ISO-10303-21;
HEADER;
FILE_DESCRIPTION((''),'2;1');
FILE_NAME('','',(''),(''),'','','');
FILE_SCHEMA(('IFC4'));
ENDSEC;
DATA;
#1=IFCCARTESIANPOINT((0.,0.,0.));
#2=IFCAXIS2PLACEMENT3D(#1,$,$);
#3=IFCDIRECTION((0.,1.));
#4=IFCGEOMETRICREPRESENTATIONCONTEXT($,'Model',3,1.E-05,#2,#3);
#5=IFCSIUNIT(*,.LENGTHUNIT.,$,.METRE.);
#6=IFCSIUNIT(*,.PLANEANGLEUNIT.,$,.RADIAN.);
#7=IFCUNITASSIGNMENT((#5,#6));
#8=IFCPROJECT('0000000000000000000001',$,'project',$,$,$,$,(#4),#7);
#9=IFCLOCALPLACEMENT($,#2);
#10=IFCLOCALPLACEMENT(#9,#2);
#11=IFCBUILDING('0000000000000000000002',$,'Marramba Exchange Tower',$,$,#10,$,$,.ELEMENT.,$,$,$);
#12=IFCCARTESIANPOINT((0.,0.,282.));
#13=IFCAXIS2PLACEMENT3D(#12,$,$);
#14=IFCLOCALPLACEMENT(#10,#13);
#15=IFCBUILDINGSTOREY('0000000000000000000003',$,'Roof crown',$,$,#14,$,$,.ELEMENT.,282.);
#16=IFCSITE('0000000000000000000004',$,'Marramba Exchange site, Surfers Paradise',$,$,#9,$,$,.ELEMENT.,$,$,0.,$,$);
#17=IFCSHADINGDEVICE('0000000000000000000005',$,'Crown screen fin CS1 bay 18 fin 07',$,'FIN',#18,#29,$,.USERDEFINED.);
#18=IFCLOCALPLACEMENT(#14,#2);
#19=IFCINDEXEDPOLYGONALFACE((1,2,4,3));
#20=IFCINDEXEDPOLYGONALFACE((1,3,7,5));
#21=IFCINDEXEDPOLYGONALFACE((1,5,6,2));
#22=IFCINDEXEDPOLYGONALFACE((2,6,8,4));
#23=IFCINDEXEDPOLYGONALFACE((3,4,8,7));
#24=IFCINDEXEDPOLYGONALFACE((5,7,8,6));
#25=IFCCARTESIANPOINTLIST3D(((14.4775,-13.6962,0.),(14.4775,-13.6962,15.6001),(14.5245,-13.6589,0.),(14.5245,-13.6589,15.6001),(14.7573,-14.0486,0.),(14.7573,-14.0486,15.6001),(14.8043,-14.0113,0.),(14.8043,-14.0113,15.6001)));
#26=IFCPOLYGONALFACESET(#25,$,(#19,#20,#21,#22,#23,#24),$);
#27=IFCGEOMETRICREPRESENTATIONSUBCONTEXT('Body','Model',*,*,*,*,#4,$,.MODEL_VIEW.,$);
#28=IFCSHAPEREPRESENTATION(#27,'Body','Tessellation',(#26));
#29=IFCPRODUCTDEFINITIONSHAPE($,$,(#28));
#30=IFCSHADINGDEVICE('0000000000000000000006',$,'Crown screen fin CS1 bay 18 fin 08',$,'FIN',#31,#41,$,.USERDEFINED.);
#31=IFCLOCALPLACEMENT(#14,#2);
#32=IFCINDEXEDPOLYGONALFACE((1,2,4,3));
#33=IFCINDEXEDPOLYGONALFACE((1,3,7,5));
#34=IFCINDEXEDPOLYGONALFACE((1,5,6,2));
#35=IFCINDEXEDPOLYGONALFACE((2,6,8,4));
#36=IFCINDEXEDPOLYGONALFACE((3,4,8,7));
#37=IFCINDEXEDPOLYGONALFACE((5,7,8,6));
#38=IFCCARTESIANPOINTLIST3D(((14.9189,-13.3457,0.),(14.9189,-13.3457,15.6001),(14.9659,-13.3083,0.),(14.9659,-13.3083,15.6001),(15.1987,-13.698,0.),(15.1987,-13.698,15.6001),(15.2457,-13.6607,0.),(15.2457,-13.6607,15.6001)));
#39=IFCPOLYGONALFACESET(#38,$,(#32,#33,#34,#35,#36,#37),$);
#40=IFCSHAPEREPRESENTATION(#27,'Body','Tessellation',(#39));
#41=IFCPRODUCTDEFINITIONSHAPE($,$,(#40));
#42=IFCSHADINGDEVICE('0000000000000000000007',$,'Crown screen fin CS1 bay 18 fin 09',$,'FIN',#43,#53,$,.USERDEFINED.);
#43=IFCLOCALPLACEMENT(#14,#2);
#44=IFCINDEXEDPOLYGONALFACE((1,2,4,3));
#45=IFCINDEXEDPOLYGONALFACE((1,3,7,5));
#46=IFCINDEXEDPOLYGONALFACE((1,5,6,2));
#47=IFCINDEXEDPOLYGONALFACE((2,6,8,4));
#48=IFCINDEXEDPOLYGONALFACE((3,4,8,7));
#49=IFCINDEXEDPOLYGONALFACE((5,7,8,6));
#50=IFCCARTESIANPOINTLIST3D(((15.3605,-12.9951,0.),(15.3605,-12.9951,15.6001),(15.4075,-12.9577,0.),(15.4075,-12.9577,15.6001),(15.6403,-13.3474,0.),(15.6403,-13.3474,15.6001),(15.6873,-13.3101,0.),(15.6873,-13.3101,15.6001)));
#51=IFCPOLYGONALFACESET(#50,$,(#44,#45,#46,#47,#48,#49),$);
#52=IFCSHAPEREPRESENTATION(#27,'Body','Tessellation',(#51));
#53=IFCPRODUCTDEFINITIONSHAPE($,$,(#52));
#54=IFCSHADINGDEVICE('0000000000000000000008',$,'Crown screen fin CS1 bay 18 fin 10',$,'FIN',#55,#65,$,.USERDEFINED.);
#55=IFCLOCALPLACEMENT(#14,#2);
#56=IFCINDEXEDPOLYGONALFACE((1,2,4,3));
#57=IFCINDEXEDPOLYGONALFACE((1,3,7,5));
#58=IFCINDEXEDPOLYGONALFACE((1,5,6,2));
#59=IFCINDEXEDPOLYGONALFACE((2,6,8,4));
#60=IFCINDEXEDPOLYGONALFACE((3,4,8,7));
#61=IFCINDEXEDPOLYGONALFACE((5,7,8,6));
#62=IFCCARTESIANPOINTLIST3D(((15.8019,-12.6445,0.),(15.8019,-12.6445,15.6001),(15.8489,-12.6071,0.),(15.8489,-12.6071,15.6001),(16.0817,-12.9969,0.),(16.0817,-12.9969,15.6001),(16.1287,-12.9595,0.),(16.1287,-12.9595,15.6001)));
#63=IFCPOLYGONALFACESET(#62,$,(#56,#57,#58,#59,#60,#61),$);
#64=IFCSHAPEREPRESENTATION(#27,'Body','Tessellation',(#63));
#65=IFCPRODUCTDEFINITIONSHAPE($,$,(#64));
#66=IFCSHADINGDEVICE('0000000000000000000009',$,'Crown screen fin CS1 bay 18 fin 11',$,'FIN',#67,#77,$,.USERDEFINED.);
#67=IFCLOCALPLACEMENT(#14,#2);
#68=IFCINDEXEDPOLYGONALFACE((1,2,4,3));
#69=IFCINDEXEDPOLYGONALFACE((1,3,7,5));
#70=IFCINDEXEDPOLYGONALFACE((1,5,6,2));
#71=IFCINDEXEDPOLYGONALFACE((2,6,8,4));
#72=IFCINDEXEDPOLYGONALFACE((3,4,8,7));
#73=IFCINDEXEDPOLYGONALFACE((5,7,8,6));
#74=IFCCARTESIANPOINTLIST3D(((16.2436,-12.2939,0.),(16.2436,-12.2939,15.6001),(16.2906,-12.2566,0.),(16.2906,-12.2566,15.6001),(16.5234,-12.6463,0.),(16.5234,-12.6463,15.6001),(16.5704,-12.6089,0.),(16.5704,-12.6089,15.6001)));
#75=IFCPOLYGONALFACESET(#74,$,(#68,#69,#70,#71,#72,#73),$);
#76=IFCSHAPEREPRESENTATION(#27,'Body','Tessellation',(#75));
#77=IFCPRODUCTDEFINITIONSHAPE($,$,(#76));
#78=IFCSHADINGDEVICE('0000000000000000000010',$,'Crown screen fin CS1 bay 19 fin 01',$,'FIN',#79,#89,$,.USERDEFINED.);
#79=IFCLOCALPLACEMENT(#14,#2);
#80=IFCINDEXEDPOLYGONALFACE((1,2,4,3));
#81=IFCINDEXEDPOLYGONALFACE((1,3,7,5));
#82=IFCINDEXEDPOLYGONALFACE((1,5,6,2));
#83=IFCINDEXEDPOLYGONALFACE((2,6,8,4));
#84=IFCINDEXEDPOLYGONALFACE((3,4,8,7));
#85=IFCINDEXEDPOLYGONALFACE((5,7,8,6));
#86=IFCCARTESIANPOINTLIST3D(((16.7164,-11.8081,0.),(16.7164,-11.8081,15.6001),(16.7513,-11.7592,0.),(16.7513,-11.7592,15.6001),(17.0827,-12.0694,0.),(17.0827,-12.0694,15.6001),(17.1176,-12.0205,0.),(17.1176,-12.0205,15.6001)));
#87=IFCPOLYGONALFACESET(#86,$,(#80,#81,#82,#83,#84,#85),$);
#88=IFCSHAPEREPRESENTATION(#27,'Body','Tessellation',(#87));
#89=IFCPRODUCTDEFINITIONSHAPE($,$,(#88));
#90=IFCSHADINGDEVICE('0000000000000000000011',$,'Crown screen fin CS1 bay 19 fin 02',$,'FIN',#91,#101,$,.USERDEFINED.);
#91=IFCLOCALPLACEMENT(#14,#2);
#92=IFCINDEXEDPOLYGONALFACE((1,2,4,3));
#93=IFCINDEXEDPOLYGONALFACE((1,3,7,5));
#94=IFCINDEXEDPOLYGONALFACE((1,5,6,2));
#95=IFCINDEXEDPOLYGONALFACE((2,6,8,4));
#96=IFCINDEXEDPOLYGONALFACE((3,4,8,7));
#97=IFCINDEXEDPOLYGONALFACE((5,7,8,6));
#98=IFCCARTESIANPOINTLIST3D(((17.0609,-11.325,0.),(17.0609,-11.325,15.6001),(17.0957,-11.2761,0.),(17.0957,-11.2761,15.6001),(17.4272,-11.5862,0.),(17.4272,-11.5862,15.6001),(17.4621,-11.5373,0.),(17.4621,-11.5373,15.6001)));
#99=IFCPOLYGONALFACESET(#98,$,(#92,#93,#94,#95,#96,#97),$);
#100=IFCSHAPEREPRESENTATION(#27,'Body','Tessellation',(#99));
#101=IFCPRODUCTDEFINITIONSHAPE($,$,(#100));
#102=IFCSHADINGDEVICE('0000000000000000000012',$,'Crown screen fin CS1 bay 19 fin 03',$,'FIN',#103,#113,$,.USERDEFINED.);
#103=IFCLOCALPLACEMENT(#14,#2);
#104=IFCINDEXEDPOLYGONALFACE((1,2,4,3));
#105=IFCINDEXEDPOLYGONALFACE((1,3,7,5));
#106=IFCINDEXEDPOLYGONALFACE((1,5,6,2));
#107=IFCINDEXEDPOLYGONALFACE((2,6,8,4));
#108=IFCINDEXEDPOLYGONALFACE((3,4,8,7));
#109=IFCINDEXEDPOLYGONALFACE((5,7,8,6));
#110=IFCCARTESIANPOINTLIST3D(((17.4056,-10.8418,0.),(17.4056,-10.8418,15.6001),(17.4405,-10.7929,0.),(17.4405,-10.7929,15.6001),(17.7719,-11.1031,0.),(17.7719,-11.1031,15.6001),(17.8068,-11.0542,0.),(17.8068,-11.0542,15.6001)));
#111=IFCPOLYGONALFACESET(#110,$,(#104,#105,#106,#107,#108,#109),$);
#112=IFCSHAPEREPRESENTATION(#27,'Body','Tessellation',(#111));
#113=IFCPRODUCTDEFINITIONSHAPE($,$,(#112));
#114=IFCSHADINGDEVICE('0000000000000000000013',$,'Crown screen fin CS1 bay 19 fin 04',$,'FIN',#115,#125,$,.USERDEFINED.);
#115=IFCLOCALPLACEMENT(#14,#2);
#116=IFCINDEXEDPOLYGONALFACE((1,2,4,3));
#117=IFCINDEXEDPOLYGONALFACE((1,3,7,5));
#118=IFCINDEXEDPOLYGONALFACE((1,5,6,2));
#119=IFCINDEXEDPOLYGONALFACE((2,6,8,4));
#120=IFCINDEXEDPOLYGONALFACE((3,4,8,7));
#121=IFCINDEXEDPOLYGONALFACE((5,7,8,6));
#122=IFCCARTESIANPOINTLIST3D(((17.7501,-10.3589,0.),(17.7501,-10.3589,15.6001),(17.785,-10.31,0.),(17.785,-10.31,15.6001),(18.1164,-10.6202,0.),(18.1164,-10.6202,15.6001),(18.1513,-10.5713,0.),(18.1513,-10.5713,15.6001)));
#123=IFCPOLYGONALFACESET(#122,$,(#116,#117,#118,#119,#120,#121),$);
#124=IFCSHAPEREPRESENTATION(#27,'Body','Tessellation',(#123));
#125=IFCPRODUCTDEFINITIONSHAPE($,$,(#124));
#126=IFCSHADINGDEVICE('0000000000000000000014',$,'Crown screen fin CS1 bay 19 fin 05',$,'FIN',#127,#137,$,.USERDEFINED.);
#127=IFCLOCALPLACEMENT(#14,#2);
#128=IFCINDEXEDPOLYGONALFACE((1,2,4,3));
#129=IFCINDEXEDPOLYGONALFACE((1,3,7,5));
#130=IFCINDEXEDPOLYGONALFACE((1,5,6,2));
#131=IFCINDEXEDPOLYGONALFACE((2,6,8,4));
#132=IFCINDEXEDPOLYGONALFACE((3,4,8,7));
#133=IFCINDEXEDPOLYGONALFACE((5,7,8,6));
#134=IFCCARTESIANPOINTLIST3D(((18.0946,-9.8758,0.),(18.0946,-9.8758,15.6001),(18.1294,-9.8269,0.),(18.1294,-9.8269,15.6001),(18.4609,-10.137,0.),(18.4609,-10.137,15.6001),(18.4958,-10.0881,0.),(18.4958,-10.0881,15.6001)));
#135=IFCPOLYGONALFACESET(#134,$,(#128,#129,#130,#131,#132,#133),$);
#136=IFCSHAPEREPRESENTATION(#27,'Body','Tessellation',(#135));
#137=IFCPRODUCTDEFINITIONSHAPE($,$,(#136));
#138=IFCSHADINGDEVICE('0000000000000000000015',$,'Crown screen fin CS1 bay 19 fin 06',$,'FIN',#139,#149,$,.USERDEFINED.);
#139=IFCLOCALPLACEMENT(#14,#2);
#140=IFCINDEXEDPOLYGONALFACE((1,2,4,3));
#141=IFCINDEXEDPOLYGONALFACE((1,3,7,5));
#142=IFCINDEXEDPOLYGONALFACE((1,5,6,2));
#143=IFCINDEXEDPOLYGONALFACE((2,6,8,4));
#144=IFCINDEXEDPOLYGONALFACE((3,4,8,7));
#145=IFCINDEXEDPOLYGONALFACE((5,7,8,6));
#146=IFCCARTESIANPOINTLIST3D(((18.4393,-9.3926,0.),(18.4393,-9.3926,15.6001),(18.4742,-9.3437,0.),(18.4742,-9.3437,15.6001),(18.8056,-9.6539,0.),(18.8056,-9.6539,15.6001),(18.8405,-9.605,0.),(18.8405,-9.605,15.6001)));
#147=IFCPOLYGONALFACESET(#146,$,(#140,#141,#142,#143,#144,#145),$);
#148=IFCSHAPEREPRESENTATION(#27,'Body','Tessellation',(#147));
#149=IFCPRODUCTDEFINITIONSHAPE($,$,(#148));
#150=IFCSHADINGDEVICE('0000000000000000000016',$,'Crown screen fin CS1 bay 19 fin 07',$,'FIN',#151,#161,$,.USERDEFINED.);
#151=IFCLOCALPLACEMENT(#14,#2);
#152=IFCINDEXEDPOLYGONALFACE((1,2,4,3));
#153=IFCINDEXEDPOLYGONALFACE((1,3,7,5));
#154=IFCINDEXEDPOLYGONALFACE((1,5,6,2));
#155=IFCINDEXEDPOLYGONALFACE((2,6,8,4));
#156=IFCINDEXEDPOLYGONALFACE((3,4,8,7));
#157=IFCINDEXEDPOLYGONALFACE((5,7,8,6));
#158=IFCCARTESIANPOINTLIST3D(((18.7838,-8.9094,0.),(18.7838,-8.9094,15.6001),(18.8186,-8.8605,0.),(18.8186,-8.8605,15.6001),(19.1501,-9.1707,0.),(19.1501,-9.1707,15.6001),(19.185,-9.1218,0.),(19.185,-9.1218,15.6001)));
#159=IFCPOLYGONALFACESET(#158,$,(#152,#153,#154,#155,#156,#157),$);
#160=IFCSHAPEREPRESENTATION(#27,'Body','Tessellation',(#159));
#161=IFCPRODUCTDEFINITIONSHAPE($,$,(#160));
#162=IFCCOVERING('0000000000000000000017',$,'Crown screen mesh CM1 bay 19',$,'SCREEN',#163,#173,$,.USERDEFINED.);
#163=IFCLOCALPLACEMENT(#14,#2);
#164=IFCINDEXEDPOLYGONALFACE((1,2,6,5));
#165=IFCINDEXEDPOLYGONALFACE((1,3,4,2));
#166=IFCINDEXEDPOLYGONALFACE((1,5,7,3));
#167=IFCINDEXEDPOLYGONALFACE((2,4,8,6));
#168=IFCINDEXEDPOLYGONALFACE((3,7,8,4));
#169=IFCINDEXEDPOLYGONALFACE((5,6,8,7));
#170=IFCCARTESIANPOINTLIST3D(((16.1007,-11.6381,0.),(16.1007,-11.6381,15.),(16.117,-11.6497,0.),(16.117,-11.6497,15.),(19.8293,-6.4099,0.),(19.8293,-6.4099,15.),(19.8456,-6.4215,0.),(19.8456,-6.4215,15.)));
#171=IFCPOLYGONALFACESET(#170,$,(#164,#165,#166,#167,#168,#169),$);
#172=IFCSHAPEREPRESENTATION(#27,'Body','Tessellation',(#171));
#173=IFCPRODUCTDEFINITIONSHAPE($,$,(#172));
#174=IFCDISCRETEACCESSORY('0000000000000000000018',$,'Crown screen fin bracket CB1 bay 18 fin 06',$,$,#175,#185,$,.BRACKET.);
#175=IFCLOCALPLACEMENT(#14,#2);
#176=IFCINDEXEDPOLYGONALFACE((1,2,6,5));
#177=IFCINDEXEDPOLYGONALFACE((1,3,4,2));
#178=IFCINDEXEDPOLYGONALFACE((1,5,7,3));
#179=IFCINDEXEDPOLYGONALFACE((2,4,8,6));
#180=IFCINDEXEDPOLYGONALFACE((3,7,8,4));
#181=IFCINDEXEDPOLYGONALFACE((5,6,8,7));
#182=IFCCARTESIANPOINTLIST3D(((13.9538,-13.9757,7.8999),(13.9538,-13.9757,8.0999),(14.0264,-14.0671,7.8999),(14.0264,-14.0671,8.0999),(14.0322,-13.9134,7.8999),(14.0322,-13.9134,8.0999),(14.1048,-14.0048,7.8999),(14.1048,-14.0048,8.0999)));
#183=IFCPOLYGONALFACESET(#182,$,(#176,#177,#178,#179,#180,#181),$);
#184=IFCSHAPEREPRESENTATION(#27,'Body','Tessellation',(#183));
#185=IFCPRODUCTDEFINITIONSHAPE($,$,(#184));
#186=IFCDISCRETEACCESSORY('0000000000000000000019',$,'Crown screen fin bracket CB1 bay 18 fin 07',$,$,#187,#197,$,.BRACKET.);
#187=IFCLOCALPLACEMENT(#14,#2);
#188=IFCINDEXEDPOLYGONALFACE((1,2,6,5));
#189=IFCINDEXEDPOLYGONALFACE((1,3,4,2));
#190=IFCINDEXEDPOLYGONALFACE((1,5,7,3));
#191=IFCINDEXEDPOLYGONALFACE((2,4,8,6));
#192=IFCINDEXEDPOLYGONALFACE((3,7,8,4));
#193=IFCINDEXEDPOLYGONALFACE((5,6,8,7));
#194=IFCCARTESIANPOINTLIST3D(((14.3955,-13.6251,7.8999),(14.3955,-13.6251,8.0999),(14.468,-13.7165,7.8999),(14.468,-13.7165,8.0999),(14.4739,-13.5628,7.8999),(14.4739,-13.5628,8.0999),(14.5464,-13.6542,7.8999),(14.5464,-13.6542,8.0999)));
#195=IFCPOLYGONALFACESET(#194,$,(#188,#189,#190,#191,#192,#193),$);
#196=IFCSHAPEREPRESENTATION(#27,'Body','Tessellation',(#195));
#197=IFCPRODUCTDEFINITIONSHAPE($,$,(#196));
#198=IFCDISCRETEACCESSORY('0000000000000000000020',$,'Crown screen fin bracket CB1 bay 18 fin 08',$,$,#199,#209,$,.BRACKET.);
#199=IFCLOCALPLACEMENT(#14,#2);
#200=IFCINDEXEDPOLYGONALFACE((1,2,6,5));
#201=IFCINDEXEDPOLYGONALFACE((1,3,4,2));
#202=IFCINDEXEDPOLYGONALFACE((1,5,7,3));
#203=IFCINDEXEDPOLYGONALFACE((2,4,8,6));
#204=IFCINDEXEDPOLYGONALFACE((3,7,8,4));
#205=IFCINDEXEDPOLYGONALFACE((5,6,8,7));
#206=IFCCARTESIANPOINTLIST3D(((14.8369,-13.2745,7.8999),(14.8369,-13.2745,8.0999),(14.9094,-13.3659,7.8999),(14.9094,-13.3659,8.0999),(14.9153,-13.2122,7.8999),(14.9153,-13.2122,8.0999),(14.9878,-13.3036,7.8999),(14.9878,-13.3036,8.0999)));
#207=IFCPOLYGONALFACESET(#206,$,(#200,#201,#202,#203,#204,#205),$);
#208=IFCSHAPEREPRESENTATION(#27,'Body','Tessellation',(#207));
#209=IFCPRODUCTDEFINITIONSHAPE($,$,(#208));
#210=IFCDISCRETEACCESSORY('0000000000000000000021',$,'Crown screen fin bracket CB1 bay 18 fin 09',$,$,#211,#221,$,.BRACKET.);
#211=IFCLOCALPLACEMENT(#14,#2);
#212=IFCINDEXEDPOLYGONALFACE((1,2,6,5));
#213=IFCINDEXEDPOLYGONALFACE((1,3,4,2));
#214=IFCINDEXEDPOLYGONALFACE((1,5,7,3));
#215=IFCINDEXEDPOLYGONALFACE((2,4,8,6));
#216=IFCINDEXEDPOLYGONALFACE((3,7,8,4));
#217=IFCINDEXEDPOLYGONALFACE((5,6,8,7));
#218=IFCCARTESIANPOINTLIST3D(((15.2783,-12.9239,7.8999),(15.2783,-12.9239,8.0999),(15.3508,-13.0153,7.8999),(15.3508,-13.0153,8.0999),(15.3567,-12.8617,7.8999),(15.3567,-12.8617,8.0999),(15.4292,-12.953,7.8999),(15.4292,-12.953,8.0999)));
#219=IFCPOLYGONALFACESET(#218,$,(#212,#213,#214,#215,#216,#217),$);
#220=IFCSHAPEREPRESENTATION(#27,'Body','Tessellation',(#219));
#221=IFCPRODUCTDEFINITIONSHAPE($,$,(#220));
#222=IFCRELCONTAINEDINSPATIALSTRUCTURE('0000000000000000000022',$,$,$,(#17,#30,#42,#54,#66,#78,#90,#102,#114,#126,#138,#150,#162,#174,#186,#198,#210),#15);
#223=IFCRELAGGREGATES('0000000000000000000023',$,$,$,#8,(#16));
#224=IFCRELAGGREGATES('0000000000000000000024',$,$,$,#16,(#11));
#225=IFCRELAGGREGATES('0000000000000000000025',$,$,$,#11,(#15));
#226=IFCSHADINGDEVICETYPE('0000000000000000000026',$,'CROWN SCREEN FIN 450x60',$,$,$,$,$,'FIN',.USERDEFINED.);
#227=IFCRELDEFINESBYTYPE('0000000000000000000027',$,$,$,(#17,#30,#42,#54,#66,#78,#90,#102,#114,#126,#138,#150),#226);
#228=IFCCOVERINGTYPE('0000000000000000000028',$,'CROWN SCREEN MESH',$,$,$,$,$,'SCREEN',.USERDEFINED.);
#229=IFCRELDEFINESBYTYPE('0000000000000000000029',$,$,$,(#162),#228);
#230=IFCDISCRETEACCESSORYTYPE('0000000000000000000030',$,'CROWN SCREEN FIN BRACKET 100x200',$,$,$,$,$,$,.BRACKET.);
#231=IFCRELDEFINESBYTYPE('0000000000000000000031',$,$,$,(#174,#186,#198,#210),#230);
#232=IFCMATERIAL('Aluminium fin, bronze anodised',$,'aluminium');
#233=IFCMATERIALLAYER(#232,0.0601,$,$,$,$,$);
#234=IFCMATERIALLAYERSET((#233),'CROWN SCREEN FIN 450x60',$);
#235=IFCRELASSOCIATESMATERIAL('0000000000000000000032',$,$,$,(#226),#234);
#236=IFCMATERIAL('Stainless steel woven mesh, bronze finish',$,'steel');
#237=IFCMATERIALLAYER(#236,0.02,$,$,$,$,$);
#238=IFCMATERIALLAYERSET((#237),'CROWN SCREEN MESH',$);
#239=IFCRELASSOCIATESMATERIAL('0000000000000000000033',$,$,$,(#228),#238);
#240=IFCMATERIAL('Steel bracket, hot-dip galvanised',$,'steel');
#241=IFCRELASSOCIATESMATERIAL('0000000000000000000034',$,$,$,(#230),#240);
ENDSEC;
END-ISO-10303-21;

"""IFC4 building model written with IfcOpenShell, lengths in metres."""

from ifc_helpers import new_model, si_unit, direction, frame, origin, origin_2d, place, context, subcontext, project, spatial, rectangle, extrude, material, layer, layer_set, type_object, element, save


model = new_model("IFC4")

# Units and contexts
model_context = context("Model", 3, precision=1e-05, world=origin(), true_north=direction((0.0, 1.0)))
body_context = subcontext(model_context, "Body", "Model", "MODEL_VIEW")
ifc_project = project(units=[si_unit("LENGTHUNIT", "METRE"), si_unit("PLANEANGLEUNIT", "RADIAN")], contexts=[model_context])

# Site, building, storey
site_placement = place(None, origin())
site = spatial("IfcSite", under=ifc_project, at=site_placement, Name="Marramba Exchange site, Surfers Paradise", CompositionType="ELEMENT", RefElevation=0.0)
building_placement = place(site_placement, origin())
building = spatial("IfcBuilding", under=site, at=building_placement, Name="Marramba Exchange Tower", CompositionType="ELEMENT")
storey_placement = place(building_placement, frame((0.0, 0.0, 282.0)))
storey = spatial("IfcBuildingStorey", under=building, at=storey_placement, Name="Roof crown", CompositionType="ELEMENT", Elevation=282.0)

# Shading devices
ifc_material_1 = material(Name="Aluminium fin, bronze anodised", Category="aluminium")
ifc_layer_1 = layer(ifc_material_1, 0.0601)
ifc_layer_set_1 = layer_set([ifc_layer_1], Name="CROWN SCREEN FIN 450x60")
shading_device_type = type_object("IfcShadingDeviceType", Name="CROWN SCREEN FIN 450x60", ElementType="FIN", PredefinedType="USERDEFINED", material=ifc_layer_set_1)
for number, where, z_axis, x_axis, name in (
    (1, (14.6409, -13.8538, 0.0), (0.0, 0.0, 1.0), (0.621845, -0.78314, 0.0), "Crown screen fin CS1 bay 18 fin 07"),
    (2, (15.0823, -13.5032, 0.0), (0.0, 0.0, 1.0), (0.621845, -0.78314, 0.0), "Crown screen fin CS1 bay 18 fin 08"),
    (3, (15.5239, -13.1526, 0.0), (0.0, 0.0, 1.0), (0.621845, -0.78314, 0.0), "Crown screen fin CS1 bay 18 fin 09"),
    (4, (15.9653, -12.802, 0.0), (0.0, 0.0, 1.0), (0.621845, -0.78314, 0.0), "Crown screen fin CS1 bay 18 fin 10"),
    (5, (16.407, -12.4514, 0.0), (0.0, 0.0, 1.0), (0.621845, -0.78314, 0.0), "Crown screen fin CS1 bay 18 fin 11"),
    (6, (16.917, -11.9143, 0.0), (0.0, 0.0, 1.0), (0.81416, -0.58064, 0.0), "Crown screen fin CS1 bay 19 fin 01"),
    (7, (17.2615, -11.4312, 0.0), (0.0, 0.0, 1.0), (0.81416, -0.58064, 0.0), "Crown screen fin CS1 bay 19 fin 02"),
    (8, (17.6062, -10.948, 0.0), (0.0, 0.0, 1.0), (0.81416, -0.58064, 0.0), "Crown screen fin CS1 bay 19 fin 03"),
    (9, (17.9507, -10.4651, 0.0), (0.0, 0.0, 1.0), (0.81416, -0.58064, 0.0), "Crown screen fin CS1 bay 19 fin 04"),
    (10, (18.2952, -9.9819, 0.0), (0.0, 0.0, 1.0), (0.81416, -0.58064, 0.0), "Crown screen fin CS1 bay 19 fin 05"),
    (11, (18.6399, -9.4988, 0.0), (0.0, 0.0, 1.0), (0.81416, -0.58064, 0.0), "Crown screen fin CS1 bay 19 fin 06"),
    (12, (18.9844, -9.0156, 0.0), (0.0, 0.0, 1.0), (0.81416, -0.58064, 0.0), "Crown screen fin CS1 bay 19 fin 07"),
):
    element("IfcShadingDevice", number, at=place(storey_placement, frame(where, z_axis=z_axis, x_axis=x_axis)), inside=storey, type_object=shading_device_type, Name=name, ObjectType="FIN", PredefinedType="USERDEFINED", context=body_context, shape_type="SweptSolid", body=[
        extrude(rectangle(XDim=0.45, YDim=0.0601, at=origin_2d()), origin(), (0.0, 0.0, 1.0), 15.6001),
    ])

# Covering
ifc_material_2 = material(Name="Stainless steel woven mesh, bronze finish", Category="steel")
ifc_layer_2 = layer(ifc_material_2, 0.02)
ifc_layer_set_2 = layer_set([ifc_layer_2], Name="CROWN SCREEN MESH")
covering_type = type_object("IfcCoveringType", Name="CROWN SCREEN MESH", ElementType="SCREEN", PredefinedType="USERDEFINED", material=ifc_layer_set_2)
covering_placement = place(storey_placement, frame((17.9731, -9.0298, 0.0), z_axis=(0.0, 0.0, 1.0), x_axis=(0.58064, 0.81416, 0.0)))
element("IfcCovering", 13, at=covering_placement, inside=storey, type_object=covering_type, Name="Crown screen mesh CM1 bay 19", ObjectType="SCREEN", PredefinedType="USERDEFINED", context=body_context, shape_type="SweptSolid", body=[
    extrude(rectangle(XDim=6.4216, YDim=0.02, at=origin_2d()), origin(), (0.0, 0.0, 1.0), 15.0),
])

# Discrete accessories
ifc_material_3 = material(Name="Steel bracket, hot-dip galvanised", Category="steel")
discrete_accessory_type = type_object("IfcDiscreteAccessoryType", Name="CROWN SCREEN FIN BRACKET 100x200", PredefinedType="BRACKET", material=ifc_material_3)
for number, where, z_axis, x_axis, name in (
    (14, (14.0293, -13.9902, 7.8999), (0.0, 0.0, 1.0), (0.78314, 0.621845, 0.0), "Crown screen fin bracket CB1 bay 18 fin 06"),
    (15, (14.4709, -13.6396, 7.8999), (0.0, 0.0, 1.0), (0.78314, 0.621845, 0.0), "Crown screen fin bracket CB1 bay 18 fin 07"),
    (16, (14.9124, -13.2891, 7.8999), (0.0, 0.0, 1.0), (0.78314, 0.621845, 0.0), "Crown screen fin bracket CB1 bay 18 fin 08"),
    (17, (15.3538, -12.9385, 7.8999), (0.0, 0.0, 1.0), (0.78314, 0.621845, 0.0), "Crown screen fin bracket CB1 bay 18 fin 09"),
):
    element("IfcDiscreteAccessory", number, at=place(storey_placement, frame(where, z_axis=z_axis, x_axis=x_axis)), inside=storey, type_object=discrete_accessory_type, Name=name, PredefinedType="BRACKET", context=body_context, shape_type="SweptSolid", body=[
        extrude(rectangle(XDim=0.1001, YDim=0.1167, at=origin_2d()), origin(), (0.0, 0.0, 1.0), 0.2),
    ])

save(model, "model.ifc")
